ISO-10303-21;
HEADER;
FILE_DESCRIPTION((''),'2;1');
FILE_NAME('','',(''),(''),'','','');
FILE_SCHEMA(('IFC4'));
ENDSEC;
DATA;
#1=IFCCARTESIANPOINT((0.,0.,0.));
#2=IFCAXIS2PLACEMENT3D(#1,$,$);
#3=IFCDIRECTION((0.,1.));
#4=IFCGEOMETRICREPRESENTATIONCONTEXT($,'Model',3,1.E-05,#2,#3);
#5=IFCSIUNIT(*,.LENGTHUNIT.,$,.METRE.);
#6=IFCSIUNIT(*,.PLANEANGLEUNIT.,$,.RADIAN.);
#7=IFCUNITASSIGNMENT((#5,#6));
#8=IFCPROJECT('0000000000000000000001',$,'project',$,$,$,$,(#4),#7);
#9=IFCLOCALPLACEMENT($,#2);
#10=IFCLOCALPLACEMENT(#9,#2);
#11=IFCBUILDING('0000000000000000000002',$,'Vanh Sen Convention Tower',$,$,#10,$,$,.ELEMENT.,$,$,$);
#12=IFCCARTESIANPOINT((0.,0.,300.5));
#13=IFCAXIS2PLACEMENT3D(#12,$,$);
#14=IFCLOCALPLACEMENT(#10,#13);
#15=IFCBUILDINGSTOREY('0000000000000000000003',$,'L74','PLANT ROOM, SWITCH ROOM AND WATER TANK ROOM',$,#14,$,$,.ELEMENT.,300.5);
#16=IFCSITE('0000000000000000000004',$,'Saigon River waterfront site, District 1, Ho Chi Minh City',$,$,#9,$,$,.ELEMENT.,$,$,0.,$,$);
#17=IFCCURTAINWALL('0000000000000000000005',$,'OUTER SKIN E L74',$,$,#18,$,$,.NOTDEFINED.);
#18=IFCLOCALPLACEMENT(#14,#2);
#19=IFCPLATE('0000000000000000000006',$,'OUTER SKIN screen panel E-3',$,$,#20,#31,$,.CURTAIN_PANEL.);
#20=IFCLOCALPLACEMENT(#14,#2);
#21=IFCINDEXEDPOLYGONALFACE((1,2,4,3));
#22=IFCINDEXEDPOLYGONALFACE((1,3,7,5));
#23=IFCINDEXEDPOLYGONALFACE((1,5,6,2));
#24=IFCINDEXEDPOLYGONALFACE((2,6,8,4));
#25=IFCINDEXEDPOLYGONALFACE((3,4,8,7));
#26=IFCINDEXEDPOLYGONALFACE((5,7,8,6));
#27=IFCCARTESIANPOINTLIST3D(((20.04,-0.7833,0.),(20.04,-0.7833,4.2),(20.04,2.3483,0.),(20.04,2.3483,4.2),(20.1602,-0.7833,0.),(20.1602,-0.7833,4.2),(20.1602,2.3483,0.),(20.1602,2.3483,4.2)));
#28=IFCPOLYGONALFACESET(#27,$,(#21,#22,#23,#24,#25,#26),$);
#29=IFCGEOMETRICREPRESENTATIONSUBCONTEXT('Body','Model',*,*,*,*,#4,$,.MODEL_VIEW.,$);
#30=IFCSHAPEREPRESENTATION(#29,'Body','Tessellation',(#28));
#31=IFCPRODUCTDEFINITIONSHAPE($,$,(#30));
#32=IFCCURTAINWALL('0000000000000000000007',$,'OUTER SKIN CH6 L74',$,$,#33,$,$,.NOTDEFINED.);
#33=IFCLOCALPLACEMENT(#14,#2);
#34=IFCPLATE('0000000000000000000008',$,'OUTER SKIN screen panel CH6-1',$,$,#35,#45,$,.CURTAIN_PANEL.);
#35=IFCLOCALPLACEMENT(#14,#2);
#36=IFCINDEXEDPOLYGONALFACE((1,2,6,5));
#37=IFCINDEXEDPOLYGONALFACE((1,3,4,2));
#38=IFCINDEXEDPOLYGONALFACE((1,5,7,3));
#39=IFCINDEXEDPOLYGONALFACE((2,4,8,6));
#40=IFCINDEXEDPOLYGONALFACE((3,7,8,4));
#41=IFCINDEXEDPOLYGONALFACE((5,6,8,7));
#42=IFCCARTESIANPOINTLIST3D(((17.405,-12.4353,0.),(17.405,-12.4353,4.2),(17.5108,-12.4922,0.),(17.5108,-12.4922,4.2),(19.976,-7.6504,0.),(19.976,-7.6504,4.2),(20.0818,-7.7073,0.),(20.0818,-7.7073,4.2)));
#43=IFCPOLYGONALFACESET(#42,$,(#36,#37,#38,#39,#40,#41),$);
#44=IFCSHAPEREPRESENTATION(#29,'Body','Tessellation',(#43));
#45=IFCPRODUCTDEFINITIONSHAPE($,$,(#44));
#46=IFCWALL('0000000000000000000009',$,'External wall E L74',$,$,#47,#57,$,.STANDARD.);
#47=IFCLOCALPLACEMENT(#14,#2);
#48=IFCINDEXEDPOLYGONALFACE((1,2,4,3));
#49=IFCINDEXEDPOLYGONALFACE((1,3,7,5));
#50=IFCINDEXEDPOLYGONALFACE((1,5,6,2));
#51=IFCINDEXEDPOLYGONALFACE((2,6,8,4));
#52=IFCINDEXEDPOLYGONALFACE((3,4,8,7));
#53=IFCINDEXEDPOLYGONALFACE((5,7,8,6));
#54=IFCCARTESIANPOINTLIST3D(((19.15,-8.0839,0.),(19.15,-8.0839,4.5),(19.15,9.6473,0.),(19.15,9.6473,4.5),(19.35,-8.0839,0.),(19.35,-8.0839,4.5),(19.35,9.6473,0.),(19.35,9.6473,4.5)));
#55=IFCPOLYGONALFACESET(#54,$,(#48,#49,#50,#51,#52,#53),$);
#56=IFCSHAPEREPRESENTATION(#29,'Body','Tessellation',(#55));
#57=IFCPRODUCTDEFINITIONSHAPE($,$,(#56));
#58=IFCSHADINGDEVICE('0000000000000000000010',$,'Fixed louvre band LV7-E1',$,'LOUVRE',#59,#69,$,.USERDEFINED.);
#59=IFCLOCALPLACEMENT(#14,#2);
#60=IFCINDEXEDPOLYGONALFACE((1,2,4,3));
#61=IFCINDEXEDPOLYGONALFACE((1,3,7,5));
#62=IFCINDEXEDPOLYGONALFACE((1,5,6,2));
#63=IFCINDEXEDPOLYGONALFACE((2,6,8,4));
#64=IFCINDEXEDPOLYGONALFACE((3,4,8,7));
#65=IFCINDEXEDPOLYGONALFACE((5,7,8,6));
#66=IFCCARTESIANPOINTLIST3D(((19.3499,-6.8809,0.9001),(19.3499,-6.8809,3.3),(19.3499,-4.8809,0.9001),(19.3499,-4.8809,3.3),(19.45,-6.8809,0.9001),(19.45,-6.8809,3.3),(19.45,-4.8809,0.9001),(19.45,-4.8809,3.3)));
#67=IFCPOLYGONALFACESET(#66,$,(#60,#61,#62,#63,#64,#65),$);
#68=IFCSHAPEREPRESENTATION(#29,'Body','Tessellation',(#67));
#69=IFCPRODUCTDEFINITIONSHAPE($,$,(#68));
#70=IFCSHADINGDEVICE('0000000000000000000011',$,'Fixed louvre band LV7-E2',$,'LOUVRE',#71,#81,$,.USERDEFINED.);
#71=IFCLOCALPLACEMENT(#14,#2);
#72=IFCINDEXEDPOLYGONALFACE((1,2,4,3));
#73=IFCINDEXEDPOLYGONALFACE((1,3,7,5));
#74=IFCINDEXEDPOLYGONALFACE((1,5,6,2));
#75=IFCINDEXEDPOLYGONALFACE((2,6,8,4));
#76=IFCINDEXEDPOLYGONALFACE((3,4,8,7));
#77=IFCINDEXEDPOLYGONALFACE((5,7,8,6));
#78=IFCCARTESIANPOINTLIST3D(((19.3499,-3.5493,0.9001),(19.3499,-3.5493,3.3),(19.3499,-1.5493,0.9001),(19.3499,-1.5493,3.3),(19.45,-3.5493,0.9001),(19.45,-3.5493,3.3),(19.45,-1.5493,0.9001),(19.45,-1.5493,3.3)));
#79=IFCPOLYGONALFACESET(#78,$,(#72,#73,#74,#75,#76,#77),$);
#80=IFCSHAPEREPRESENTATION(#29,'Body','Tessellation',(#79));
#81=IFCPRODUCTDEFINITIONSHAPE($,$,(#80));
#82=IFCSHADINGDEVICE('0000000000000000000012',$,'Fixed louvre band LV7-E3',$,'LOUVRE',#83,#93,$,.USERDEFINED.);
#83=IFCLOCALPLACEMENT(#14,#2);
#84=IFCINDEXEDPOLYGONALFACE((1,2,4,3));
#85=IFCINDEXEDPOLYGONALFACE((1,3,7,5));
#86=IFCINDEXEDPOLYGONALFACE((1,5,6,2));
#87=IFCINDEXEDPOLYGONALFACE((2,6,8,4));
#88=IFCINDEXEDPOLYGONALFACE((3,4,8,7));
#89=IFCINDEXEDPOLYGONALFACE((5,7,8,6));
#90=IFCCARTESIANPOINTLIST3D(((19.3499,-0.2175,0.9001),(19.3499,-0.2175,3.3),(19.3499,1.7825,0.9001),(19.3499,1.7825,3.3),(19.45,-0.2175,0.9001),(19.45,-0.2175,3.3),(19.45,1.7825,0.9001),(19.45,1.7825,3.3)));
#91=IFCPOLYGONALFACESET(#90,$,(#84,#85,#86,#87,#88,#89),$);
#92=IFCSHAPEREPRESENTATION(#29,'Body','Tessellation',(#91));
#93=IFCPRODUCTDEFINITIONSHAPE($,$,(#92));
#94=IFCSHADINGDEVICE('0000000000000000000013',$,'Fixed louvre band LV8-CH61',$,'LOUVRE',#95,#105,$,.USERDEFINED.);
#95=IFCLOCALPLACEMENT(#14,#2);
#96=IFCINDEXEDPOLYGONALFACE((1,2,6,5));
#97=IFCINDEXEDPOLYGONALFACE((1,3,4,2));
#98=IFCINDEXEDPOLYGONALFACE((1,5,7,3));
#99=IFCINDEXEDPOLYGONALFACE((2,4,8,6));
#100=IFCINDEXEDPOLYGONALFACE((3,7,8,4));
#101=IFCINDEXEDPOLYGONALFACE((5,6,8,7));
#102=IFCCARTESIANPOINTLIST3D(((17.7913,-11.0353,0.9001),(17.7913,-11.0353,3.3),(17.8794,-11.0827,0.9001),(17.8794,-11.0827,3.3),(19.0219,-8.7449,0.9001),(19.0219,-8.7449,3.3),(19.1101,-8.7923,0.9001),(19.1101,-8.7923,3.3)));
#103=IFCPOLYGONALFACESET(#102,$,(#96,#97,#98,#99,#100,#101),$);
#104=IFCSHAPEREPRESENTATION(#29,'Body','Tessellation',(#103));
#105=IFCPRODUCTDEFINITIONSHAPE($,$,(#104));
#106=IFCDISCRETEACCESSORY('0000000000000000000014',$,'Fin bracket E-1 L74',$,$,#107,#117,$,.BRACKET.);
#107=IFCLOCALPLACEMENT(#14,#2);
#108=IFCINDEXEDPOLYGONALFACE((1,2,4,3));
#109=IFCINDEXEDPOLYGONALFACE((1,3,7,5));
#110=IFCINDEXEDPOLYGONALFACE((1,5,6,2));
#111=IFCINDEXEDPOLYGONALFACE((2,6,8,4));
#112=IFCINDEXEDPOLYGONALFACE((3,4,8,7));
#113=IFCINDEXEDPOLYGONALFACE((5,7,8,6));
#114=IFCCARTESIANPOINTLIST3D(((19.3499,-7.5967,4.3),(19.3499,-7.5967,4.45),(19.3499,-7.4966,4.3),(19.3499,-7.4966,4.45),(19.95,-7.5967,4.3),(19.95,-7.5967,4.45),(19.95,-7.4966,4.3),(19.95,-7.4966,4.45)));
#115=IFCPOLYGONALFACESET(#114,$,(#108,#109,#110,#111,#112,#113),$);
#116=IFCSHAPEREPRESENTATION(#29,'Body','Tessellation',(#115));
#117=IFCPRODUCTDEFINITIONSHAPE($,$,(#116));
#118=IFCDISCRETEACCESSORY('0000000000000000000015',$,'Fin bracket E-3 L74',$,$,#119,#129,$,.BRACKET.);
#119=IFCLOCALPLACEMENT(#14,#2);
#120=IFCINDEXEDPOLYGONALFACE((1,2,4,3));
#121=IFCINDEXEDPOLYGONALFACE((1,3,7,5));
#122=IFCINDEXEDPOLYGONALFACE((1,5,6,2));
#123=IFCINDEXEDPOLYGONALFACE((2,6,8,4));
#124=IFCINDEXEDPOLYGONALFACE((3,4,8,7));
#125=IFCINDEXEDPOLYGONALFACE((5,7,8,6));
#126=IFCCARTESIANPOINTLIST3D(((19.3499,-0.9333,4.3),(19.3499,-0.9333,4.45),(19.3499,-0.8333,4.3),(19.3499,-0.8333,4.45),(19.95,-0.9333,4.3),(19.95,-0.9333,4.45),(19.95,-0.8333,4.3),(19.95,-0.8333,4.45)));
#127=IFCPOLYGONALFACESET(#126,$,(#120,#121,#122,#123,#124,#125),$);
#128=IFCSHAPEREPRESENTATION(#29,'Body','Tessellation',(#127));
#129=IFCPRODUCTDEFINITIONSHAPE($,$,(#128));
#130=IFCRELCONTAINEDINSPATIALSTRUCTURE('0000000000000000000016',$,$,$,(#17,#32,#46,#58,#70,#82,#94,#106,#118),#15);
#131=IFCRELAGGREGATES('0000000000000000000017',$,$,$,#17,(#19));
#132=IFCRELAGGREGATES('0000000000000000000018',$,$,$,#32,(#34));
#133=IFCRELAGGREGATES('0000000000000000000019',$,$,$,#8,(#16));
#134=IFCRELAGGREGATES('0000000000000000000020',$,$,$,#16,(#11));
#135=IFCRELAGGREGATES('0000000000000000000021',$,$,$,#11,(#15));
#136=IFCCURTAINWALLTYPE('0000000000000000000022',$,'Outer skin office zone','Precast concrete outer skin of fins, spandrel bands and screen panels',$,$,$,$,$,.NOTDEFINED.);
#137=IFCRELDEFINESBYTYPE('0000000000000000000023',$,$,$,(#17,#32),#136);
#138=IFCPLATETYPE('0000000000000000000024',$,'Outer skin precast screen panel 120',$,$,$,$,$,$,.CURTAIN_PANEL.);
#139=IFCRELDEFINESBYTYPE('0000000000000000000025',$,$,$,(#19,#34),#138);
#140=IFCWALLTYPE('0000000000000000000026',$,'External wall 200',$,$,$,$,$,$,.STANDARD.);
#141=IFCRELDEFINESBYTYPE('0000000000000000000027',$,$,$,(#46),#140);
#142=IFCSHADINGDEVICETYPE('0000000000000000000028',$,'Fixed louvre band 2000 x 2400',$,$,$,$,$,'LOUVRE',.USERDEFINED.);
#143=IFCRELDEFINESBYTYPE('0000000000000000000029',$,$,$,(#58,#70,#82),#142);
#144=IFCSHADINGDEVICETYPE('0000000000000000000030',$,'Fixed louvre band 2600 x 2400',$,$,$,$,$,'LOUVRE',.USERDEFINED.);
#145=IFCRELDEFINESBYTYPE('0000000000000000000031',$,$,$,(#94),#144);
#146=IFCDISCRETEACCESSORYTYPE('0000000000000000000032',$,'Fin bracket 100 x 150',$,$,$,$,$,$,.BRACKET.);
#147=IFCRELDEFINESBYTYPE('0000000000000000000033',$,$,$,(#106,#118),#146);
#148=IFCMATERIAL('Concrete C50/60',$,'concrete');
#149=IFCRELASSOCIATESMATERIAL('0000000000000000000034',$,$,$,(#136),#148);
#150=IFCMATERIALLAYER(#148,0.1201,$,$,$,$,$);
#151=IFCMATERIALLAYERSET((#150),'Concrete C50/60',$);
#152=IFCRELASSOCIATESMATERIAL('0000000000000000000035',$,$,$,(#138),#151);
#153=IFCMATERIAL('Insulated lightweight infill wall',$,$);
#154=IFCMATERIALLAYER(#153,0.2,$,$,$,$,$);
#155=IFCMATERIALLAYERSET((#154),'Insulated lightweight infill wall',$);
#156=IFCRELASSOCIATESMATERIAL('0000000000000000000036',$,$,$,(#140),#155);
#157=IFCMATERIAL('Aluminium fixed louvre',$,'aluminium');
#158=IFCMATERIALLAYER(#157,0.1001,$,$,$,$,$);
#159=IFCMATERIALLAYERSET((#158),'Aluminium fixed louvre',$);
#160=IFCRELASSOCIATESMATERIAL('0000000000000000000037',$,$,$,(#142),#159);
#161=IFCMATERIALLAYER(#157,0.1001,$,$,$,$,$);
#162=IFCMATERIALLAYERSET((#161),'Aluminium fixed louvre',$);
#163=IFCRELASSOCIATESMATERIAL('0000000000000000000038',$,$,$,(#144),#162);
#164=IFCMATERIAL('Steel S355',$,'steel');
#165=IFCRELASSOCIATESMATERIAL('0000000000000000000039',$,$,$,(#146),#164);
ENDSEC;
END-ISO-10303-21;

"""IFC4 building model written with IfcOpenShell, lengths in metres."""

from ifc_helpers import new_model, si_unit, direction, frame, frame_2d, origin, origin_2d, place, context, subcontext, project, spatial, rectangle, extrude, material, layer, layer_set, type_object, element, aggregate, save


model = new_model("IFC4")

# Units and contexts
model_context = context("Model", 3, precision=1e-05, world=origin(), true_north=direction((0.0, 1.0)))
body_context = subcontext(model_context, "Body", "Model", "MODEL_VIEW")
ifc_project = project(units=[si_unit("LENGTHUNIT", "METRE"), si_unit("PLANEANGLEUNIT", "RADIAN")], contexts=[model_context])

# Site, building, storey
site_placement = place(None, origin())
site = spatial("IfcSite", under=ifc_project, at=site_placement, Name="Saigon River waterfront site, District 1, Ho Chi Minh City", CompositionType="ELEMENT", RefElevation=0.0)
building_placement = place(site_placement, origin())
building = spatial("IfcBuilding", under=site, at=building_placement, Name="Vanh Sen Convention Tower", CompositionType="ELEMENT")
storey_placement = place(building_placement, frame((0.0, 0.0, 300.5)))
storey = spatial("IfcBuildingStorey", under=building, at=storey_placement, Name="L74", Description="PLANT ROOM, SWITCH ROOM AND WATER TANK ROOM", CompositionType="ELEMENT", Elevation=300.5)

# Curtain wall
ifc_material_1 = material(Name="Concrete C50/60", Category="concrete")
curtain_wall_type = type_object("IfcCurtainWallType", Name="Outer skin office zone", Description="Precast concrete outer skin of fins, spandrel bands and screen panels", PredefinedType="NOTDEFINED", material=ifc_material_1)
curtain_wall_1_placement = place(storey_placement, origin())
curtain_wall_1 = element("IfcCurtainWall", 1, at=curtain_wall_1_placement, inside=storey, type_object=curtain_wall_type, Name="OUTER SKIN E L74", PredefinedType="NOTDEFINED")

# Plate
ifc_layer_1 = layer(ifc_material_1, 0.1201)
ifc_layer_set_1 = layer_set([ifc_layer_1], Name="Concrete C50/60")
plate_type = type_object("IfcPlateType", Name="Outer skin precast screen panel 120", PredefinedType="CURTAIN_PANEL", material=ifc_layer_set_1)
plate_1_placement = place(storey_placement, frame((20.1001, 0.7825, 0.0), z_axis=(0.0, 0.0, 1.0), x_axis=(0.0, 1.0, 0.0)))
plate_1 = element("IfcPlate", 2, at=plate_1_placement, type_object=plate_type, Name="OUTER SKIN screen panel E-3", PredefinedType="CURTAIN_PANEL", context=body_context, shape_type="SweptSolid", body=[
    extrude(rectangle(XDim=3.1316, YDim=0.1201, at=origin_2d()), origin(), (0.0, 0.0, 1.0), 4.2),
])
aggregate(curtain_wall_1, [plate_1])

# Curtain wall, plate
curtain_wall_2_placement = place(storey_placement, origin())
curtain_wall_2 = element("IfcCurtainWall", 3, at=curtain_wall_2_placement, inside=storey, type_object=curtain_wall_type, Name="OUTER SKIN CH6 L74", PredefinedType="NOTDEFINED")
plate_2_placement = place(storey_placement, frame((18.7434, -10.0713, 0.0), z_axis=(0.0, 0.0, 1.0), x_axis=(0.473324, 0.880888, 0.0)))
plate_2 = element("IfcPlate", 4, at=plate_2_placement, type_object=plate_type, Name="OUTER SKIN screen panel CH6-1", PredefinedType="CURTAIN_PANEL", context=body_context, shape_type="SweptSolid", body=[
    extrude(rectangle(XDim=5.4319, YDim=0.1201, at=origin_2d()), origin(), (0.0, 0.0, 1.0), 4.2),
])
aggregate(curtain_wall_2, [plate_2])

# Wall
ifc_material_2 = material(Name="Insulated lightweight infill wall")
ifc_layer_2 = layer(ifc_material_2, 0.2)
ifc_layer_set_2 = layer_set([ifc_layer_2], Name="Insulated lightweight infill wall")
wall_type = type_object("IfcWallType", Name="External wall 200", PredefinedType="STANDARD", material=ifc_layer_set_2)
wall_placement = place(storey_placement, frame((19.25, -8.084, 0.0), z_axis=(0.0, 0.0, 1.0), x_axis=(0.0, 1.0, 0.0)))
element("IfcWall", 5, at=wall_placement, inside=storey, type_object=wall_type, Name="External wall E L74", PredefinedType="STANDARD", context=body_context, shape_type="SweptSolid", body=[
    extrude(rectangle(XDim=17.7312, YDim=0.2, at=frame_2d((8.8657, 0.0))), origin(), (0.0, 0.0, 1.0), 4.5),
])

# Shading devices
ifc_material_3 = material(Name="Aluminium fixed louvre", Category="aluminium")
ifc_layer_3 = layer(ifc_material_3, 0.1001)
ifc_layer_set_3 = layer_set([ifc_layer_3], Name="Aluminium fixed louvre")
shading_device_type_1 = type_object("IfcShadingDeviceType", Name="Fixed louvre band 2000 x 2400", ElementType="LOUVRE", PredefinedType="USERDEFINED", material=ifc_layer_set_3)
for number, where, z_axis, x_axis, name in (
    (6, (19.3999, -5.8809, 0.9001), (0.0, 0.0, 1.0), (0.0, 1.0, 0.0), "Fixed louvre band LV7-E1"),
    (7, (19.3999, -2.5493, 0.9001), (0.0, 0.0, 1.0), (0.0, 1.0, 0.0), "Fixed louvre band LV7-E2"),
    (8, (19.3999, 0.7825, 0.9001), (0.0, 0.0, 1.0), (0.0, 1.0, 0.0), "Fixed louvre band LV7-E3"),
):
    element("IfcShadingDevice", number, at=place(storey_placement, frame(where, z_axis=z_axis, x_axis=x_axis)), inside=storey, type_object=shading_device_type_1, Name=name, ObjectType="LOUVRE", PredefinedType="USERDEFINED", context=body_context, shape_type="SweptSolid", body=[
        extrude(rectangle(XDim=2.0, YDim=0.1001, at=origin_2d()), origin(), (0.0, 0.0, 1.0), 2.3999),
    ])
ifc_layer_4 = layer(ifc_material_3, 0.1001)
ifc_layer_set_4 = layer_set([ifc_layer_4], Name="Aluminium fixed louvre")
shading_device_type_2 = type_object("IfcShadingDeviceType", Name="Fixed louvre band 2600 x 2400", ElementType="LOUVRE", PredefinedType="USERDEFINED", material=ifc_layer_set_4)
shading_device_placement = place(storey_placement, frame((18.4507, -9.9138, 0.9001), z_axis=(0.0, 0.0, 1.0), x_axis=(0.473307, 0.880897, 0.0)))
element("IfcShadingDevice", 9, at=shading_device_placement, inside=storey, type_object=shading_device_type_2, Name="Fixed louvre band LV8-CH61", ObjectType="LOUVRE", PredefinedType="USERDEFINED", context=body_context, shape_type="SweptSolid", body=[
    extrude(rectangle(XDim=2.6001, YDim=0.1001, at=origin_2d()), origin(), (0.0, 0.0, 1.0), 2.3999),
])

# Discrete accessories
ifc_material_4 = material(Name="Steel S355", Category="steel")
discrete_accessory_type = type_object("IfcDiscreteAccessoryType", Name="Fin bracket 100 x 150", PredefinedType="BRACKET", material=ifc_material_4)
for number, where, z_axis, x_axis, name in (
    (10, (19.6499, -7.5466, 4.3), (0.0, 0.0, 1.0), (1.0, 0.0, 0.0), "Fin bracket E-1 L74"),
    (11, (19.6499, -0.8833, 4.3), (0.0, 0.0, 1.0), (1.0, 0.0, 0.0), "Fin bracket E-3 L74"),
):
    element("IfcDiscreteAccessory", number, at=place(storey_placement, frame(where, z_axis=z_axis, x_axis=x_axis)), inside=storey, type_object=discrete_accessory_type, Name=name, PredefinedType="BRACKET", context=body_context, shape_type="SweptSolid", body=[
        extrude(rectangle(XDim=0.6001, YDim=0.1001, at=origin_2d()), origin(), (0.0, 0.0, 1.0), 0.1499),
    ])

save(model, "model.ifc")
